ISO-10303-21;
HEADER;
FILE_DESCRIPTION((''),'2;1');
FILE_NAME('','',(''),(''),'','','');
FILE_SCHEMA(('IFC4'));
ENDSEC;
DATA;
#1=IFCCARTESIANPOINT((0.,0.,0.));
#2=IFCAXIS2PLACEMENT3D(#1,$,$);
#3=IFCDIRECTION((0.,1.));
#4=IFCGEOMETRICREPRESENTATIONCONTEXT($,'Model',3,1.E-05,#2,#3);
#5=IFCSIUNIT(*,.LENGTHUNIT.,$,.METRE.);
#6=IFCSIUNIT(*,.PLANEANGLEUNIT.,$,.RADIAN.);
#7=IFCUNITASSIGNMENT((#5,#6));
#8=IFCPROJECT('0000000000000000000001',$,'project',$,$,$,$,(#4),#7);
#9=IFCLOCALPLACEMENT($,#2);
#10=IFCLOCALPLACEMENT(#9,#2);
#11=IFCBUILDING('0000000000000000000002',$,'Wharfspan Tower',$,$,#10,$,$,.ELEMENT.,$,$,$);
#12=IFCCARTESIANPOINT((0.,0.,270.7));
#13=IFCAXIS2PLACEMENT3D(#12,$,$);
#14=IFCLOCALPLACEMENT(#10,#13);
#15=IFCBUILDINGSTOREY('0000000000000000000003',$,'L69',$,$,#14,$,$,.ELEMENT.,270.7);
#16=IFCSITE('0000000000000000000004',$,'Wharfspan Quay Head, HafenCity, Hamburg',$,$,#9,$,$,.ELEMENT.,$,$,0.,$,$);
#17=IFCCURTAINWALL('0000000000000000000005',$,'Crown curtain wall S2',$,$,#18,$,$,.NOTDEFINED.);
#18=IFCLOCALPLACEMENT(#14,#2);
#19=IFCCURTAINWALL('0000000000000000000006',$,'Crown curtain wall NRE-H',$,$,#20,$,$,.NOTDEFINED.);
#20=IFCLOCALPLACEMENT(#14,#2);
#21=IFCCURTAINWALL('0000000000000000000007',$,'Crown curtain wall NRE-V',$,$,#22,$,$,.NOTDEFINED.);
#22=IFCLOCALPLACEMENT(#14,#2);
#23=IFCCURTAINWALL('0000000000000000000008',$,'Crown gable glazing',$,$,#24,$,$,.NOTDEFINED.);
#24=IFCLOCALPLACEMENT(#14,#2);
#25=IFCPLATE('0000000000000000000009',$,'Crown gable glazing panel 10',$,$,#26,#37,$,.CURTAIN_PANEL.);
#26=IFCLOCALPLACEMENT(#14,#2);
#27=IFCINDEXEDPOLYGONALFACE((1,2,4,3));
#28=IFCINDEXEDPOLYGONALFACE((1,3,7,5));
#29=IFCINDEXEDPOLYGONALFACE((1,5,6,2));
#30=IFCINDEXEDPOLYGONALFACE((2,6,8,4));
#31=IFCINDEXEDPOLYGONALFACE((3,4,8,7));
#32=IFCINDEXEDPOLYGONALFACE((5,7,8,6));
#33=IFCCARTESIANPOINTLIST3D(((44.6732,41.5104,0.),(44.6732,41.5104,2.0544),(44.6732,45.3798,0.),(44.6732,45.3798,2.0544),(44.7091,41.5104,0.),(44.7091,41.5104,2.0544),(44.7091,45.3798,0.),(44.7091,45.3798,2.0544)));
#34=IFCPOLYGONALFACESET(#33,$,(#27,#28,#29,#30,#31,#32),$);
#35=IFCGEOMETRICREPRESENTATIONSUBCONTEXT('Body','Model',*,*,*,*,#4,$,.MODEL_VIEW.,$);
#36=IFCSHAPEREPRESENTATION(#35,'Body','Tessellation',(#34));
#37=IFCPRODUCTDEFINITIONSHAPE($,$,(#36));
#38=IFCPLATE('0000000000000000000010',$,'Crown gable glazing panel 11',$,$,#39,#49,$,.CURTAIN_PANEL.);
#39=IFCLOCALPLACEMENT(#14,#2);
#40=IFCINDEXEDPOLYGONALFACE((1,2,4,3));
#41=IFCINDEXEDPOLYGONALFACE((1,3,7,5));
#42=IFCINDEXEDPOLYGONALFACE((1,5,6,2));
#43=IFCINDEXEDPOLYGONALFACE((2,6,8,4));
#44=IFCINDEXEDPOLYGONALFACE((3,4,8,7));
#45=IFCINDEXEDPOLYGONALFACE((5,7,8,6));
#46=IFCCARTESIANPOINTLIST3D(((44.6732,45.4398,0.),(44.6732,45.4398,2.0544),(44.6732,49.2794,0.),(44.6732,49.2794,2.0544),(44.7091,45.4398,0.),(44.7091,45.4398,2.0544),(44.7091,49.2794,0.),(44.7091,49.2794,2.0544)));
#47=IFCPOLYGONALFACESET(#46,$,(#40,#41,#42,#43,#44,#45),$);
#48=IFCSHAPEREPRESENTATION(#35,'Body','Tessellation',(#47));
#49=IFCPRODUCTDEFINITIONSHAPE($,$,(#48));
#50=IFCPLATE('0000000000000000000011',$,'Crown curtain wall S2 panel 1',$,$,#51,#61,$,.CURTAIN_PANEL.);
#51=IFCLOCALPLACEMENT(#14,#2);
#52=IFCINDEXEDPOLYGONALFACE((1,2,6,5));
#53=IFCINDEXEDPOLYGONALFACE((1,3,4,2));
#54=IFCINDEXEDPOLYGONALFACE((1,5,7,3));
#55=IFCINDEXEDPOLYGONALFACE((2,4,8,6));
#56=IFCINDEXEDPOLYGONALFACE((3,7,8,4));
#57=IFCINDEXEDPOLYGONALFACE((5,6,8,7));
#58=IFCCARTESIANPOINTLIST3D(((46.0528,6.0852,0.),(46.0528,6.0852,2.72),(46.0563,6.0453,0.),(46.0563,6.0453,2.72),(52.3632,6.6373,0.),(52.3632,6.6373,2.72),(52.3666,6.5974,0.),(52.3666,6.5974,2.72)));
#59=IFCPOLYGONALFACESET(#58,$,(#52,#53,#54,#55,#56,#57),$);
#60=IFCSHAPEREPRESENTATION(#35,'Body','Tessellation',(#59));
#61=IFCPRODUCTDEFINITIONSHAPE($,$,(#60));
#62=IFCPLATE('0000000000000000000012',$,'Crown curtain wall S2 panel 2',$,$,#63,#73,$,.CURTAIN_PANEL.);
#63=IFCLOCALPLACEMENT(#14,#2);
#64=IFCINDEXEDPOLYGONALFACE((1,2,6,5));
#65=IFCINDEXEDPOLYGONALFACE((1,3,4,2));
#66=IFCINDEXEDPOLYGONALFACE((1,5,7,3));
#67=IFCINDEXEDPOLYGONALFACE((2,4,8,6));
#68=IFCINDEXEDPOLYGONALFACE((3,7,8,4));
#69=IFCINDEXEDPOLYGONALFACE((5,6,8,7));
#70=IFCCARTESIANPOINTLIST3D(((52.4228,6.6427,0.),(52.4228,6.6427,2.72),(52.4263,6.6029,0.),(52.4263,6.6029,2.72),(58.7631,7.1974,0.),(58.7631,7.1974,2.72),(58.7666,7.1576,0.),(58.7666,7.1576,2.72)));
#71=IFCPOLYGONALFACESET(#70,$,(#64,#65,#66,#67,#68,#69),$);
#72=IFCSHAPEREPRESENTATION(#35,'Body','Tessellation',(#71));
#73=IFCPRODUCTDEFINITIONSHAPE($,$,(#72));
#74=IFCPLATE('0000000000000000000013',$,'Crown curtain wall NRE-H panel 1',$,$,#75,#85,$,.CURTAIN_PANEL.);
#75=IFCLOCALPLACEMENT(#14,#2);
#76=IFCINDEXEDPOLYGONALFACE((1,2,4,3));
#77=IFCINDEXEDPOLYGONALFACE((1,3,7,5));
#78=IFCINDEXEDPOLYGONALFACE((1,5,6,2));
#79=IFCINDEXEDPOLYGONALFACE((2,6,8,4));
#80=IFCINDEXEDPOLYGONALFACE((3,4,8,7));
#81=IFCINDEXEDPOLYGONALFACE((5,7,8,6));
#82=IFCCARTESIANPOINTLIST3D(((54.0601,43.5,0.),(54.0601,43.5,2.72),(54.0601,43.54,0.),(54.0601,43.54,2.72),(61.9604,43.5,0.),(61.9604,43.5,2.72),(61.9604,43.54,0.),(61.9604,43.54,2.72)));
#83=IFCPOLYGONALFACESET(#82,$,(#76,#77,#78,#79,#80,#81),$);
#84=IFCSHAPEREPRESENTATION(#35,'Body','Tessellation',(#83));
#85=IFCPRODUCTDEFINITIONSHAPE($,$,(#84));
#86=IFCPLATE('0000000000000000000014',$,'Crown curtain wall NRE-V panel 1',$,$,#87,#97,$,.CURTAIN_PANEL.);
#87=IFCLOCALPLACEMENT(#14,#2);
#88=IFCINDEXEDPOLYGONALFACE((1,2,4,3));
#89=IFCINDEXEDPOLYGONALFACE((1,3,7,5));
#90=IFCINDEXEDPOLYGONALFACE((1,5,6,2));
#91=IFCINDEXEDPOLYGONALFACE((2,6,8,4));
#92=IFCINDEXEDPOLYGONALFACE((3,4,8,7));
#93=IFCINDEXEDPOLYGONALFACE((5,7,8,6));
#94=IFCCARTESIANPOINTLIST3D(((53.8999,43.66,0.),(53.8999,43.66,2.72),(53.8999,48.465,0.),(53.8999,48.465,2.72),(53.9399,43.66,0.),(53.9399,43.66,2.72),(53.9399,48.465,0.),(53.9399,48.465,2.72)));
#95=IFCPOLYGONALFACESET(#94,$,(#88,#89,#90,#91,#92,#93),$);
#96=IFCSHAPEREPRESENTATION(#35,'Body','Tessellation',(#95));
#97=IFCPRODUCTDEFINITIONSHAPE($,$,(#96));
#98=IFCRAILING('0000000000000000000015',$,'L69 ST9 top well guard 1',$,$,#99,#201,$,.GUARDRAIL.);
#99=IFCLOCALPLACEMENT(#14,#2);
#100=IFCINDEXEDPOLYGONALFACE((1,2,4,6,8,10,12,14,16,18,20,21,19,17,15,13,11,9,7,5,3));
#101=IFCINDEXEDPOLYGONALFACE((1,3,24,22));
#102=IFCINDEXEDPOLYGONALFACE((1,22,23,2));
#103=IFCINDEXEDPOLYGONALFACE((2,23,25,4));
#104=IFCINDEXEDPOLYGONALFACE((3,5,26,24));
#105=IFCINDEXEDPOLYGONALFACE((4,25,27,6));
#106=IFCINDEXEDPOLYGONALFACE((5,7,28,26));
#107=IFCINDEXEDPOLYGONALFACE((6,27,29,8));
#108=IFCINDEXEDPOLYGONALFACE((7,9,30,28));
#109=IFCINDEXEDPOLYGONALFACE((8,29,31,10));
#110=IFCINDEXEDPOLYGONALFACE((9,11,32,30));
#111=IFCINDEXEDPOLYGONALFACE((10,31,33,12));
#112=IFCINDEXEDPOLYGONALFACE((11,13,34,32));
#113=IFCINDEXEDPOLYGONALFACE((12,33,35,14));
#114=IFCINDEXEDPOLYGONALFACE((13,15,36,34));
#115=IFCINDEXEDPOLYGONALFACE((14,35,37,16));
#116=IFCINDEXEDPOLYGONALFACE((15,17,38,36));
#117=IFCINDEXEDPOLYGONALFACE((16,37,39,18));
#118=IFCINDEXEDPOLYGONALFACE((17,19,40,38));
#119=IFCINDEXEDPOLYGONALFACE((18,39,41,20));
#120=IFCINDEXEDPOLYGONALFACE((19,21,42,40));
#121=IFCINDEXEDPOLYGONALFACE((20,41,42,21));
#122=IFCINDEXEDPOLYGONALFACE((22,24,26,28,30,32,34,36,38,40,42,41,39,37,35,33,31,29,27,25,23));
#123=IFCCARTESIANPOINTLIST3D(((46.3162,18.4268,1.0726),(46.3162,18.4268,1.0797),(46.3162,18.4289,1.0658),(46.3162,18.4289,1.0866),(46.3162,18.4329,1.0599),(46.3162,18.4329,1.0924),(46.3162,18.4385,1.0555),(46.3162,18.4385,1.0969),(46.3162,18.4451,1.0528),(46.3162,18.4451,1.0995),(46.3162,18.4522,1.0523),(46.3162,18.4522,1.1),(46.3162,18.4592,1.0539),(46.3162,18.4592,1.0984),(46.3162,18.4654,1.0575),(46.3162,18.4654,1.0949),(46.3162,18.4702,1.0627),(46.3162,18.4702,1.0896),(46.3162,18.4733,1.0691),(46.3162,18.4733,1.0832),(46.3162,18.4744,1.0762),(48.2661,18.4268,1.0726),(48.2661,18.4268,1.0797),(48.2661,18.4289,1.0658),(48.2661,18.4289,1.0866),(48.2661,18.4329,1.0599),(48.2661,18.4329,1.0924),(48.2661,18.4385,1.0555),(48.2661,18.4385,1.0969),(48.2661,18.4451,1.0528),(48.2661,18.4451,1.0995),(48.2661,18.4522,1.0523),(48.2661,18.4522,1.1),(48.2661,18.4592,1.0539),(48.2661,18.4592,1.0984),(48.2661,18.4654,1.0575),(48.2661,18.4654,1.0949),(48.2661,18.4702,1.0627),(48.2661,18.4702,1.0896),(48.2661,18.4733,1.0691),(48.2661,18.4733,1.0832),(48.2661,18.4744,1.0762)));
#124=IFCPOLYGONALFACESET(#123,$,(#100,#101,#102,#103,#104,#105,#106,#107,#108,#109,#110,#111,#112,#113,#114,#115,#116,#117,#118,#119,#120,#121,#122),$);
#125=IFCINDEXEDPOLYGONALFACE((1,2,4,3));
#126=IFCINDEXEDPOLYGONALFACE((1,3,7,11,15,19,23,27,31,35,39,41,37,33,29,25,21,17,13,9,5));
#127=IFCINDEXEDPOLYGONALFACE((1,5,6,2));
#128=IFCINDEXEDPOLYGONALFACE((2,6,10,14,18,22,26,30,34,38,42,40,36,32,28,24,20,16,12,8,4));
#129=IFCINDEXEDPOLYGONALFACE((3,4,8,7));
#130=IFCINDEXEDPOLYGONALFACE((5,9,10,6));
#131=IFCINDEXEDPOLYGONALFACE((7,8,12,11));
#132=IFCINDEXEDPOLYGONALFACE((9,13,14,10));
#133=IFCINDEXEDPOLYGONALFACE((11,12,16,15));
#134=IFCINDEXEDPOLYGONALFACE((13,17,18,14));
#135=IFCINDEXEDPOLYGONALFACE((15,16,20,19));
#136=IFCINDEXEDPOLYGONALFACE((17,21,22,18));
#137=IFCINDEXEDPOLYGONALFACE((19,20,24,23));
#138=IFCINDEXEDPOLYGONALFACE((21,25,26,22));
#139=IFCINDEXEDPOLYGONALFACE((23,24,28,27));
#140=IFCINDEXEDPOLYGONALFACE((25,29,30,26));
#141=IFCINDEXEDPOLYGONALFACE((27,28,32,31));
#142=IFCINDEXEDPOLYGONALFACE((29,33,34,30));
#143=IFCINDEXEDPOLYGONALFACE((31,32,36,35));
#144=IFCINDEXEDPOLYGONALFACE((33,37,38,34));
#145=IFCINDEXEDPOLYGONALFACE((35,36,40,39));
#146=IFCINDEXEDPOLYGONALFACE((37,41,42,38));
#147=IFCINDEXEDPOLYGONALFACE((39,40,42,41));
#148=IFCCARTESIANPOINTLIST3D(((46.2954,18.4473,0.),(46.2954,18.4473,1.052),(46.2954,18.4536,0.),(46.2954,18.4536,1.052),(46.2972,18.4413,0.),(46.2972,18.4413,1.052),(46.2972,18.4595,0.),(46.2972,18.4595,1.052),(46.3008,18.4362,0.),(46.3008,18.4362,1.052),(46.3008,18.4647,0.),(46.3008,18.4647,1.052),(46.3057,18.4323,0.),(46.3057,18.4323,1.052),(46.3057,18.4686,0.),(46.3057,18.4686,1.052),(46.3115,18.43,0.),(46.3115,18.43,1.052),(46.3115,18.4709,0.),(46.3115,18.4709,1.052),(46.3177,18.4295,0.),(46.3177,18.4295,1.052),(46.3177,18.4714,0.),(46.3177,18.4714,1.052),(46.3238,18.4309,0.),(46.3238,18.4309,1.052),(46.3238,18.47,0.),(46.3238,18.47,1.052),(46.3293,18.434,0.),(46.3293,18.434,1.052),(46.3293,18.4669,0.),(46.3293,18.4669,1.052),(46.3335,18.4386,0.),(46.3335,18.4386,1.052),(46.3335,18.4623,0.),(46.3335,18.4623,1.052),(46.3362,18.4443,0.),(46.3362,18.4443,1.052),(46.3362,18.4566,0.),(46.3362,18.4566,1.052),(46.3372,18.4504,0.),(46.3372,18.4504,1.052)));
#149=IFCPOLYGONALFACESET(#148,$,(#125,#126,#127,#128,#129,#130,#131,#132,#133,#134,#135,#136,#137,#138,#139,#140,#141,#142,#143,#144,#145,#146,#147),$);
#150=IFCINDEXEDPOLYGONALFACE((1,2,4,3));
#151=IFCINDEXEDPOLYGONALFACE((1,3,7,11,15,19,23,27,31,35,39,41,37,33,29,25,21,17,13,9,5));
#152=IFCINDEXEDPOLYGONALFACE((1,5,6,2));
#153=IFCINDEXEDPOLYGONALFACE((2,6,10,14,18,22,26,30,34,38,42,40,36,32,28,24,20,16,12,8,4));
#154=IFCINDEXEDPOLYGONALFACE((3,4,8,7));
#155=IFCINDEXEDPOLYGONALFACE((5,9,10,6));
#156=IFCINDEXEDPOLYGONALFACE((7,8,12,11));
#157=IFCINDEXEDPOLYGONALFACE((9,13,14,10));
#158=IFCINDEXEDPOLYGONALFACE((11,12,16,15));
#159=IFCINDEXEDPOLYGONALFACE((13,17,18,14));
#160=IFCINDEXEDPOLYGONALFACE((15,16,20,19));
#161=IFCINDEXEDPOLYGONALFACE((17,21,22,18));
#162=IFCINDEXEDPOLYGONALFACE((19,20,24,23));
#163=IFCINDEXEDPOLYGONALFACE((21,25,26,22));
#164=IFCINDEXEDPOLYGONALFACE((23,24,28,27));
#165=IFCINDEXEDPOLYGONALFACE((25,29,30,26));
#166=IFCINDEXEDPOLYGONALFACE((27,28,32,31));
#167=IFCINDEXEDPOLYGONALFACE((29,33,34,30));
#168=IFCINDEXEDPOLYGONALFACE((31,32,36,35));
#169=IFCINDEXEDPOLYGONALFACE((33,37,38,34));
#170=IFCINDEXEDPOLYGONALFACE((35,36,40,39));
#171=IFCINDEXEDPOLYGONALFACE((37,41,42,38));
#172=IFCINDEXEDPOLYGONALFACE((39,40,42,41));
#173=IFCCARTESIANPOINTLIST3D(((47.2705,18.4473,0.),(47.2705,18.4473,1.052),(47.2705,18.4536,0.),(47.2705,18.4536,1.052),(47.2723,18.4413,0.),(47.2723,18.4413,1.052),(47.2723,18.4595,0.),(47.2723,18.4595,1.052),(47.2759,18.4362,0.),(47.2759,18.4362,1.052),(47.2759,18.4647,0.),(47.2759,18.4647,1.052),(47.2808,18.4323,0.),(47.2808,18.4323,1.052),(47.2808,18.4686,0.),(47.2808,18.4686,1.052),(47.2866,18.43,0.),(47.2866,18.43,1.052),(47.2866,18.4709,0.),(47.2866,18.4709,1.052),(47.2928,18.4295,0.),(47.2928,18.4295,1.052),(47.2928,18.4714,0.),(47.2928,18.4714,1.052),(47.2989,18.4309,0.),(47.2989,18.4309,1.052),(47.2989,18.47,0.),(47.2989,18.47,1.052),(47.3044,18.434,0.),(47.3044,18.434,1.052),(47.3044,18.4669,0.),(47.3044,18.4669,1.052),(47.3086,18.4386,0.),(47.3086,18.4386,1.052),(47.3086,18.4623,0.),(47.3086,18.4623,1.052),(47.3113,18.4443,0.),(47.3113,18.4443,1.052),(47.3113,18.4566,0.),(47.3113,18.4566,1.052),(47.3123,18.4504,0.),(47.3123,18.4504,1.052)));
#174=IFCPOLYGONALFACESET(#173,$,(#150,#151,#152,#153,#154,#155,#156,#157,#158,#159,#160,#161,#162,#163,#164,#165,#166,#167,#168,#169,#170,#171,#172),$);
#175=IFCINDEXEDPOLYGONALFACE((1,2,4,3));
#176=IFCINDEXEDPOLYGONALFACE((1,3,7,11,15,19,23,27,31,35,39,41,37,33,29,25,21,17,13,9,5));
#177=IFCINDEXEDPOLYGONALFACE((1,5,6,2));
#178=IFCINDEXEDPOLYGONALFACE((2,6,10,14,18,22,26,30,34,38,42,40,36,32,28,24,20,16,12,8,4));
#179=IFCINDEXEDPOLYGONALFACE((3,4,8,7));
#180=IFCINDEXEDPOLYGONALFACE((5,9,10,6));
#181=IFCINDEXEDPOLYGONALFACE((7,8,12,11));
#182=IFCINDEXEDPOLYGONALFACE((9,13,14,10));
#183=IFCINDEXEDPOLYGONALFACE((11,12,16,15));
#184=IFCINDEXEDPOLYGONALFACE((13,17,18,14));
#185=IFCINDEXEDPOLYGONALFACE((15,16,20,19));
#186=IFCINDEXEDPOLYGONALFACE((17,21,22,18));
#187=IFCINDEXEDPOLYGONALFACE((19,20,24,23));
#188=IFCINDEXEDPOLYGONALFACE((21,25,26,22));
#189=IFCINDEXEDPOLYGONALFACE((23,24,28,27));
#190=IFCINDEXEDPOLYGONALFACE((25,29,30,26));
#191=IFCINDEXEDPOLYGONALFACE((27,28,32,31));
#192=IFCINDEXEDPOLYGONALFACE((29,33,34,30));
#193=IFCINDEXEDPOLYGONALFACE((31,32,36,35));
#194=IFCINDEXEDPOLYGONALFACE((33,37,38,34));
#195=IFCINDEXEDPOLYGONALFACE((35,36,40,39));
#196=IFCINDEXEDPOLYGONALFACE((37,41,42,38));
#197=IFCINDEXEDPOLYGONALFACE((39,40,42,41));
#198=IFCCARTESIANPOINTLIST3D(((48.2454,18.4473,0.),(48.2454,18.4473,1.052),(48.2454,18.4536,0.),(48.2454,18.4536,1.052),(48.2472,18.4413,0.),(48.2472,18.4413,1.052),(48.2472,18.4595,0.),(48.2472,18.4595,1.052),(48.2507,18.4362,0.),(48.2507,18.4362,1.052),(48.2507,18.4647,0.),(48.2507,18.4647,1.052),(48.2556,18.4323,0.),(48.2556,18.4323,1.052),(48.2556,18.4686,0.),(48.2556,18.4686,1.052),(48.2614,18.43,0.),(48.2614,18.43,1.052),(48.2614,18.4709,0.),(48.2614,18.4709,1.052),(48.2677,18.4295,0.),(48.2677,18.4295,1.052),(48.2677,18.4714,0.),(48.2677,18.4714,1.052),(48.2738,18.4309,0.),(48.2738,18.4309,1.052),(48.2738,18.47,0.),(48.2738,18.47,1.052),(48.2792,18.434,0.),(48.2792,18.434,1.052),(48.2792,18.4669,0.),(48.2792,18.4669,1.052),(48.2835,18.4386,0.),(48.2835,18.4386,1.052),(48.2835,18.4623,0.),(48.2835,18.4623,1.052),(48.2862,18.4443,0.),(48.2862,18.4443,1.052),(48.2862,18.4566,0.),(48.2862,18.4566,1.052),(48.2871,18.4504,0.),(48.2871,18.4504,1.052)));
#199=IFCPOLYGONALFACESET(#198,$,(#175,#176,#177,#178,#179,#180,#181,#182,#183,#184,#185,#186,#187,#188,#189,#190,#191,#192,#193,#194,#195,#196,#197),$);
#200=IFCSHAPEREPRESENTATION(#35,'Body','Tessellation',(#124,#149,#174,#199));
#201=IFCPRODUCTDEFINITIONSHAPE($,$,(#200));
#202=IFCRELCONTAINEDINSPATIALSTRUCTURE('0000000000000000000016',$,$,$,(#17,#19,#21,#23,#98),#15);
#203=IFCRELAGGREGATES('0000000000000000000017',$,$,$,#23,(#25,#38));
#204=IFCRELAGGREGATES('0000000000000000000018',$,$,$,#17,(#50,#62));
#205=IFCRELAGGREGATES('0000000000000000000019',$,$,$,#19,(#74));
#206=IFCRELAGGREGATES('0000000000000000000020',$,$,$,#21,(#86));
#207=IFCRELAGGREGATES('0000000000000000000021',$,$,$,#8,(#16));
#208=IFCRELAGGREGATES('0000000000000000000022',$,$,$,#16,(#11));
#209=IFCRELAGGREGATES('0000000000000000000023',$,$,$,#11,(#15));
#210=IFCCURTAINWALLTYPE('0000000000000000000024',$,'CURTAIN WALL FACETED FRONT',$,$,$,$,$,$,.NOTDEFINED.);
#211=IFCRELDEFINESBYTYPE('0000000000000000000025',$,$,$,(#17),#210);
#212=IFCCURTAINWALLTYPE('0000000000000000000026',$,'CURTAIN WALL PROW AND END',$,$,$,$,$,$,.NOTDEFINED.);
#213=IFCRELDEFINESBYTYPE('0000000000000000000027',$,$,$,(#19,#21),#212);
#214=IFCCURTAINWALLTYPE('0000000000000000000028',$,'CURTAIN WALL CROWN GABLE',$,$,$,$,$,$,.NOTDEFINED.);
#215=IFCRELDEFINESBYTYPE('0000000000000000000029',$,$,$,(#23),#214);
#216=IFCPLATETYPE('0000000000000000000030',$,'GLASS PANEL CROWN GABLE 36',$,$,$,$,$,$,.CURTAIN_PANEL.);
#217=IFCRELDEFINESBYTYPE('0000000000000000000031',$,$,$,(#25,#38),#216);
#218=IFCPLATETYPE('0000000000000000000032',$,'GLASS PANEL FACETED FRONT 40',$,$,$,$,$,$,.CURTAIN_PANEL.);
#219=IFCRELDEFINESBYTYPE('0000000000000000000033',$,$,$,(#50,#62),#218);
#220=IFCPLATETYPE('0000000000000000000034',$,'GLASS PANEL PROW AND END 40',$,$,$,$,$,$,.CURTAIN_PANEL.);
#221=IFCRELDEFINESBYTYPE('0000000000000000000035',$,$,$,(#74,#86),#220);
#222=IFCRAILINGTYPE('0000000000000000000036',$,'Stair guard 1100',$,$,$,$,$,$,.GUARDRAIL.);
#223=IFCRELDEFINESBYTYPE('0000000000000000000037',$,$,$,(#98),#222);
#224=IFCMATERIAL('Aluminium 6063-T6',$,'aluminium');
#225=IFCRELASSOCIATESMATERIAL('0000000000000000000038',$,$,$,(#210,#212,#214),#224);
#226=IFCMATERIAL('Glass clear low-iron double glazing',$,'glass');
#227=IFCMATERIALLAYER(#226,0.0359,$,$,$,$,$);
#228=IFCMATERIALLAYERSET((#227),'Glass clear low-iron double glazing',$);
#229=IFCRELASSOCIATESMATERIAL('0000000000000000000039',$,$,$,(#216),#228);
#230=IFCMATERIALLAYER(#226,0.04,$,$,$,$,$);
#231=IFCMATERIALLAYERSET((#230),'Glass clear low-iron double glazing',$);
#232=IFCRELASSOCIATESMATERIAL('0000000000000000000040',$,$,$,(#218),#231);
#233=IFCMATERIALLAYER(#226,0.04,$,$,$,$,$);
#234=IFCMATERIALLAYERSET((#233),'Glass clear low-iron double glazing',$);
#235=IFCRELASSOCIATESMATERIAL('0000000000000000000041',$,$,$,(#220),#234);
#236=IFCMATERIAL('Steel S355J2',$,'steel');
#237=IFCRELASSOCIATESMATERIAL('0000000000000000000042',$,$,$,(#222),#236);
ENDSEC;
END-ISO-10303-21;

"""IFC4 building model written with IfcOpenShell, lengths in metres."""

from ifc_helpers import new_model, si_unit, direction, frame, origin, origin_2d, place, context, subcontext, project, spatial, rectangle, circle, extrude, material, layer, layer_set, type_object, element, aggregate, save


model = new_model("IFC4")

# Units and contexts
model_context = context("Model", 3, precision=1e-05, world=origin(), true_north=direction((0.0, 1.0)))
body_context = subcontext(model_context, "Body", "Model", "MODEL_VIEW")
ifc_project = project(units=[si_unit("LENGTHUNIT", "METRE"), si_unit("PLANEANGLEUNIT", "RADIAN")], contexts=[model_context])

# Site, building, storey
site_placement = place(None, origin())
site = spatial("IfcSite", under=ifc_project, at=site_placement, Name="Wharfspan Quay Head, HafenCity, Hamburg", CompositionType="ELEMENT", RefElevation=0.0)
building_placement = place(site_placement, origin())
building = spatial("IfcBuilding", under=site, at=building_placement, Name="Wharfspan Tower", CompositionType="ELEMENT")
storey_placement = place(building_placement, frame((0.0, 0.0, 270.7)))
storey = spatial("IfcBuildingStorey", under=building, at=storey_placement, Name="L69", CompositionType="ELEMENT", Elevation=270.7)

# Shared definitions
ifc_material_1 = material(Name="Steel S355J2", Category="steel")

# Curtain wall
ifc_material_2 = material(Name="Aluminium 6063-T6", Category="aluminium")
curtain_wall_type_1 = type_object("IfcCurtainWallType", Name="CURTAIN WALL FACETED FRONT", PredefinedType="NOTDEFINED", material=ifc_material_2)
curtain_wall_1_placement = place(storey_placement, origin())
curtain_wall_1 = element("IfcCurtainWall", 1, at=curtain_wall_1_placement, inside=storey, type_object=curtain_wall_type_1, Name="Crown curtain wall S2", PredefinedType="NOTDEFINED")

# Curtain wall
curtain_wall_type_2 = type_object("IfcCurtainWallType", Name="CURTAIN WALL PROW AND END", PredefinedType="NOTDEFINED", material=ifc_material_2)
curtain_wall_2_placement = place(storey_placement, origin())
curtain_wall_2 = element("IfcCurtainWall", 2, at=curtain_wall_2_placement, inside=storey, type_object=curtain_wall_type_2, Name="Crown curtain wall NRE-H", PredefinedType="NOTDEFINED")

# Curtain walls
curtain_wall_3_placement = place(storey_placement, origin())
curtain_wall_3 = element("IfcCurtainWall", 3, at=curtain_wall_3_placement, inside=storey, type_object=curtain_wall_type_2, Name="Crown curtain wall NRE-V", PredefinedType="NOTDEFINED")
curtain_wall_type_3 = type_object("IfcCurtainWallType", Name="CURTAIN WALL CROWN GABLE", PredefinedType="NOTDEFINED", material=ifc_material_2)
curtain_wall_4_placement = place(storey_placement, origin())
curtain_wall_4 = element("IfcCurtainWall", 4, at=curtain_wall_4_placement, inside=storey, type_object=curtain_wall_type_3, Name="Crown gable glazing", PredefinedType="NOTDEFINED")

# Plates
ifc_material_3 = material(Name="Glass clear low-iron double glazing", Category="glass")
ifc_layer_1 = layer(ifc_material_3, 0.0359)
ifc_layer_set_1 = layer_set([ifc_layer_1], Name="Glass clear low-iron double glazing")
plate_type_1 = type_object("IfcPlateType", Name="GLASS PANEL CROWN GABLE 36", PredefinedType="CURTAIN_PANEL", material=ifc_layer_set_1)
plate_1_placement = place(storey_placement, frame((44.6912, 43.4451, 0.0), z_axis=(0.0, 0.0, 1.0), x_axis=(0.0, 1.0, 0.0)))
plate_1 = element("IfcPlate", 5, at=plate_1_placement, type_object=plate_type_1, Name="Crown gable glazing panel 10", PredefinedType="CURTAIN_PANEL", context=body_context, shape_type="SweptSolid", body=[
    extrude(rectangle(XDim=3.8694, YDim=0.0359, at=origin_2d()), origin(), (0.0, 0.0, 1.0), 2.0544),
])
plate_2_placement = place(storey_placement, frame((44.6912, 47.3596, 0.0), z_axis=(0.0, 0.0, 1.0), x_axis=(0.0, 1.0, 0.0)))
plate_2 = element("IfcPlate", 6, at=plate_2_placement, type_object=plate_type_1, Name="Crown gable glazing panel 11", PredefinedType="CURTAIN_PANEL", context=body_context, shape_type="SweptSolid", body=[
    extrude(rectangle(XDim=3.8396, YDim=0.0359, at=origin_2d()), origin(), (0.0, 0.0, 1.0), 2.0544),
])
aggregate(curtain_wall_4, [plate_1, plate_2])
ifc_layer_2 = layer(ifc_material_3, 0.04)
ifc_layer_set_2 = layer_set([ifc_layer_2], Name="Glass clear low-iron double glazing")
plate_type_2 = type_object("IfcPlateType", Name="GLASS PANEL FACETED FRONT 40", PredefinedType="CURTAIN_PANEL", material=ifc_layer_set_2)
plate_3_placement = place(storey_placement, frame((49.2097, 6.3413, 0.0), z_axis=(0.0, 0.0, 1.0), x_axis=(0.996198, 0.087156, 0.0)))
plate_3 = element("IfcPlate", 7, at=plate_3_placement, type_object=plate_type_2, Name="Crown curtain wall S2 panel 1", PredefinedType="CURTAIN_PANEL", context=body_context, shape_type="SweptSolid", body=[
    extrude(rectangle(XDim=6.3345, YDim=0.04, at=origin_2d()), origin(), (0.0, 0.0, 1.0), 2.72),
])
plate_4_placement = place(storey_placement, frame((55.5947, 6.9001, 0.0), z_axis=(0.0, 0.0, 1.0), x_axis=(0.996198, 0.087156, 0.0)))
plate_4 = element("IfcPlate", 8, at=plate_4_placement, type_object=plate_type_2, Name="Crown curtain wall S2 panel 2", PredefinedType="CURTAIN_PANEL", context=body_context, shape_type="SweptSolid", body=[
    extrude(rectangle(XDim=6.3645, YDim=0.04, at=origin_2d()), origin(), (0.0, 0.0, 1.0), 2.72),
])
aggregate(curtain_wall_1, [plate_3, plate_4])
ifc_layer_3 = layer(ifc_material_3, 0.04)
ifc_layer_set_3 = layer_set([ifc_layer_3], Name="Glass clear low-iron double glazing")
plate_type_3 = type_object("IfcPlateType", Name="GLASS PANEL PROW AND END 40", PredefinedType="CURTAIN_PANEL", material=ifc_layer_set_3)
plate_5_placement = place(storey_placement, frame((58.0103, 43.52, 0.0), z_axis=(0.0, 0.0, 1.0), x_axis=(-1.0, 0.0, 0.0)))
plate_5 = element("IfcPlate", 9, at=plate_5_placement, type_object=plate_type_3, Name="Crown curtain wall NRE-H panel 1", PredefinedType="CURTAIN_PANEL", context=body_context, shape_type="SweptSolid", body=[
    extrude(rectangle(XDim=7.9004, YDim=0.04, at=origin_2d()), origin(), (0.0, 0.0, 1.0), 2.72),
])
aggregate(curtain_wall_2, [plate_5])
plate_6_placement = place(storey_placement, frame((53.9199, 46.0625, 0.0), z_axis=(0.0, 0.0, 1.0), x_axis=(0.0, 1.0, 0.0)))
plate_6 = element("IfcPlate", 10, at=plate_6_placement, type_object=plate_type_3, Name="Crown curtain wall NRE-V panel 1", PredefinedType="CURTAIN_PANEL", context=body_context, shape_type="SweptSolid", body=[
    extrude(rectangle(XDim=4.8049, YDim=0.04, at=origin_2d()), origin(), (0.0, 0.0, 1.0), 2.72),
])
aggregate(curtain_wall_3, [plate_6])

# Railing
railing_type_1 = type_object("IfcRailingType", Name="Stair guard 1100", PredefinedType="GUARDRAIL", material=ifc_material_1)
railing_1_placement = place(storey_placement, frame((46.3162, 18.4504, 0.0)))
element("IfcRailing", 11, at=railing_1_placement, inside=storey, type_object=railing_type_1, Name="L69 ST9 top well guard 1", PredefinedType="GUARDRAIL", context=body_context, shape_type="SweptSolid", body=[
    extrude(circle(Radius=0.0239, at=origin_2d()), frame((0.0, 0.0, 1.0762), z_axis=(1.0, 0.0, 0.0), x_axis=(0.0, 1.0, 0.0)), (0.0, 0.0, 1.0), 1.95),
    extrude(circle(Radius=0.021, at=origin_2d()), origin(), (0.0, 0.0, 1.0), 1.052),
    extrude(circle(Radius=0.021, at=origin_2d()), frame((0.9751, 0.0, 0.0)), (0.0, 0.0, 1.0), 1.052),
    extrude(circle(Radius=0.021, at=origin_2d()), frame((1.95, 0.0, 0.0)), (0.0, 0.0, 1.0), 1.052),
])

save(model, "model.ifc")
